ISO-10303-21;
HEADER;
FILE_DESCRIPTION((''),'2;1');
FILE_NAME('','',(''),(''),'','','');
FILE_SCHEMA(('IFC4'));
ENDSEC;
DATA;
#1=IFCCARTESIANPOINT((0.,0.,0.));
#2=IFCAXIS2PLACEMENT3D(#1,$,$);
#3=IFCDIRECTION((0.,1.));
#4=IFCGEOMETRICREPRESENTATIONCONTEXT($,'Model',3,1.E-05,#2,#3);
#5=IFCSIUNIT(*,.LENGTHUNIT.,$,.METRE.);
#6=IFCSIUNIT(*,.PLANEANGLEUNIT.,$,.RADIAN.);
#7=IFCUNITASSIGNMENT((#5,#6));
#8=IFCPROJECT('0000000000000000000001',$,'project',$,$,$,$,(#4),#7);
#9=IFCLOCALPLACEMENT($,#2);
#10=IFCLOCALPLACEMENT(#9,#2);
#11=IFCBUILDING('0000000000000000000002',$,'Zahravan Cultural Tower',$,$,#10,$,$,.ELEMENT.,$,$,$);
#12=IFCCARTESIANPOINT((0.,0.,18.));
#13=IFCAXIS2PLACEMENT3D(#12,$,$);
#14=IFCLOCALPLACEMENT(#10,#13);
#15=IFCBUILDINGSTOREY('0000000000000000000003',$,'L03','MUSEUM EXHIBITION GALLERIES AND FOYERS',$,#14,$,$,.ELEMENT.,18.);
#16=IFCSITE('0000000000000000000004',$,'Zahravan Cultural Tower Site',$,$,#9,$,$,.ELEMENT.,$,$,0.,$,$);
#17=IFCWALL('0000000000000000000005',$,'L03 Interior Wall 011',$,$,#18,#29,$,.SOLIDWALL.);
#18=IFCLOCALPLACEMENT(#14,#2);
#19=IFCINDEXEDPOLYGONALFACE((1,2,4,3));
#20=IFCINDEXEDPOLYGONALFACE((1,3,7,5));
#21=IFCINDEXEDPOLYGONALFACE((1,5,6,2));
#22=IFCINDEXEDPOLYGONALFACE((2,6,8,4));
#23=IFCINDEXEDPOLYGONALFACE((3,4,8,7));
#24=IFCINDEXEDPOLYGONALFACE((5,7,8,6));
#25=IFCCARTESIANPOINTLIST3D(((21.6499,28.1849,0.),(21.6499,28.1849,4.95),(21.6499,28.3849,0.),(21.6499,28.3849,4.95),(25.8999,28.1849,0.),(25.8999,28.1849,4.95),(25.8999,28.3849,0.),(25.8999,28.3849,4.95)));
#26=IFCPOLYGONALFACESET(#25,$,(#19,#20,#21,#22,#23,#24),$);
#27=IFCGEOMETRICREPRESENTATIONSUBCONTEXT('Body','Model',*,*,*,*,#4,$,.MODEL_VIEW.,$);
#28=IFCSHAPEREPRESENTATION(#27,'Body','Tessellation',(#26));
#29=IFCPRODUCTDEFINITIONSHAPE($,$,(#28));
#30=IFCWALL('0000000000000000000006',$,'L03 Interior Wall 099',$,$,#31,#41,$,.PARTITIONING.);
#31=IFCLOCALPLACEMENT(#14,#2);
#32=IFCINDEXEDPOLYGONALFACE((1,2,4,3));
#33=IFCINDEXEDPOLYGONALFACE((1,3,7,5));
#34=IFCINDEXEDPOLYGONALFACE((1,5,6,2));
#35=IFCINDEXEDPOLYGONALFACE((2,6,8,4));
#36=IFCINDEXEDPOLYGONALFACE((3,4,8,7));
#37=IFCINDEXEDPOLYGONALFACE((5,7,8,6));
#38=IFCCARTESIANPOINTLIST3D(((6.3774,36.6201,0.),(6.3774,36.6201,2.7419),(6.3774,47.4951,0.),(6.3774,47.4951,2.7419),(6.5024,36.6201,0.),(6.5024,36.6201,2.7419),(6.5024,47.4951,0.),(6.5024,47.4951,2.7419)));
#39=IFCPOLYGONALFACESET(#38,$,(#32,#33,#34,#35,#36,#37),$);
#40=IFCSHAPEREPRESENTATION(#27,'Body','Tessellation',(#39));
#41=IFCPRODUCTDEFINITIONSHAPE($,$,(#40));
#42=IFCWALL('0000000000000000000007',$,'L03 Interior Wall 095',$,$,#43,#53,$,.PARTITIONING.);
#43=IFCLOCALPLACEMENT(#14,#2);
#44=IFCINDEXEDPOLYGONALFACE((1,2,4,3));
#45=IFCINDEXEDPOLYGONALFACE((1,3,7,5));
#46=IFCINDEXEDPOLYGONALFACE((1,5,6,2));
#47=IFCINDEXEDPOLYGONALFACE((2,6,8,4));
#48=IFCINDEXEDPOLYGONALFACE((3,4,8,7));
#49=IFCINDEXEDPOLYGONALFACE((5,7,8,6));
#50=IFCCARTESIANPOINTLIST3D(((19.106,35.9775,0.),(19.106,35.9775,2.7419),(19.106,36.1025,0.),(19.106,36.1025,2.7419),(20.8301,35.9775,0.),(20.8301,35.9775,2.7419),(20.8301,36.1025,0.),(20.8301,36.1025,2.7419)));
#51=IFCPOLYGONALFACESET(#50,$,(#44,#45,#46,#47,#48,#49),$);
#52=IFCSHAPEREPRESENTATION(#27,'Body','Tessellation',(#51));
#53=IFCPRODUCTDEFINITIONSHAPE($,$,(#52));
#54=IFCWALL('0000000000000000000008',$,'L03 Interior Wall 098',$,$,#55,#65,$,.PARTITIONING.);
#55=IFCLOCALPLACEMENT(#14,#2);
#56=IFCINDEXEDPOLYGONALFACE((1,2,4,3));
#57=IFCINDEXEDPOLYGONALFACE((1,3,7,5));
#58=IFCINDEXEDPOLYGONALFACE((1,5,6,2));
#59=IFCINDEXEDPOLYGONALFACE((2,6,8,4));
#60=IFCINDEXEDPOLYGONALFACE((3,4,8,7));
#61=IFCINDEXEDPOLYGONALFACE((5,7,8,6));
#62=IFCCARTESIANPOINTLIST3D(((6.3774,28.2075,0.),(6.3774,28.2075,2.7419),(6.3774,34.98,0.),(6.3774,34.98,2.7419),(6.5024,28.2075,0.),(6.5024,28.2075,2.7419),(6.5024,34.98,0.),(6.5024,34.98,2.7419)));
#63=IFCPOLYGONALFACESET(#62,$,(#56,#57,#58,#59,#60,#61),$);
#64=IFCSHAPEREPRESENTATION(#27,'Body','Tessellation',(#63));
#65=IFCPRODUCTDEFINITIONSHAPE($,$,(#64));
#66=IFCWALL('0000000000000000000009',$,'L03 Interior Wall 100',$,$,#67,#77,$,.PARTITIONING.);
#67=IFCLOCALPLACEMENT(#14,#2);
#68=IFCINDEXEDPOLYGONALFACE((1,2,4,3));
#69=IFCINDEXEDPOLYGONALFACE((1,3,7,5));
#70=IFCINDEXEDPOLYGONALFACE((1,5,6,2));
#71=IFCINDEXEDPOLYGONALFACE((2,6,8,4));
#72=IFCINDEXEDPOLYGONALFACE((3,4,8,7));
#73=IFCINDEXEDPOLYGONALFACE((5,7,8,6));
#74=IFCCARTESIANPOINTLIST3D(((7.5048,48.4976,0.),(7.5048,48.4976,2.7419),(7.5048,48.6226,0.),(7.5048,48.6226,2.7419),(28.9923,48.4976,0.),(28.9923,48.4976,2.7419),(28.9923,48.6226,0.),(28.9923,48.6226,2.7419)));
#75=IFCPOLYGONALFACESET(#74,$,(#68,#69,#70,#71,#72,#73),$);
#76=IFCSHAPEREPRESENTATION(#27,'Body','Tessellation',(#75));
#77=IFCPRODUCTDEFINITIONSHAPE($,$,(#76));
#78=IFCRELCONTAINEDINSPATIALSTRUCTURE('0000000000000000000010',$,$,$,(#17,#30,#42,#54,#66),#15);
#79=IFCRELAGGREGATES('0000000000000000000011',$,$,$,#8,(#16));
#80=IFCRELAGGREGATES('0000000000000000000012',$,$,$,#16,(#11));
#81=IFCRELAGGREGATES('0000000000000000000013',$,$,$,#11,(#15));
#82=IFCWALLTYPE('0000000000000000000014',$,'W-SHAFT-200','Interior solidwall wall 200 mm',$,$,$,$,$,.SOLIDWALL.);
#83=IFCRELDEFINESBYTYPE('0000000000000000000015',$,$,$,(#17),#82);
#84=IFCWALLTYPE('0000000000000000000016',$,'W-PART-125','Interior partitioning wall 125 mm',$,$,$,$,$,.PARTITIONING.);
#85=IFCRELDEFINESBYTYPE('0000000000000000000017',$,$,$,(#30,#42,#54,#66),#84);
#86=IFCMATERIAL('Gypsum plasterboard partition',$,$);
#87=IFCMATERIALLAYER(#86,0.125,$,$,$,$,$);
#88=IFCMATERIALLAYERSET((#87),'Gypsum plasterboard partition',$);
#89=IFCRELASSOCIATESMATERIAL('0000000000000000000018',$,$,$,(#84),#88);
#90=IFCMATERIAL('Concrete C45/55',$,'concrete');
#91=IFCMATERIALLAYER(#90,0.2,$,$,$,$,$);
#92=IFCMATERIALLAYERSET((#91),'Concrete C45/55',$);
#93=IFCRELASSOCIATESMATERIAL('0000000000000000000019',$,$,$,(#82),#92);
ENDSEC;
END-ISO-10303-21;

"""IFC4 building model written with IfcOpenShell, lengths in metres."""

from ifc_helpers import new_model, si_unit, direction, frame, frame_2d, origin, place, context, subcontext, project, spatial, rectangle, extrude, source, transform, mapped, material, layer, layer_set, type_object, element, save


model = new_model("IFC4")

# Units and contexts
model_context = context("Model", 3, precision=1e-05, world=origin(), true_north=direction((0.0, 1.0)))
body_context = subcontext(model_context, "Body", "Model", "MODEL_VIEW")
ifc_project = project(units=[si_unit("LENGTHUNIT", "METRE"), si_unit("PLANEANGLEUNIT", "RADIAN")], contexts=[model_context])

# Site, building, storey
site_placement = place(None, origin())
site = spatial("IfcSite", under=ifc_project, at=site_placement, Name="Zahravan Cultural Tower Site", CompositionType="ELEMENT", RefElevation=0.0)
building_placement = place(site_placement, origin())
building = spatial("IfcBuilding", under=site, at=building_placement, Name="Zahravan Cultural Tower", CompositionType="ELEMENT")
storey_placement = place(building_placement, frame((0.0, 0.0, 18.0)))
storey = spatial("IfcBuildingStorey", under=building, at=storey_placement, Name="L03", Description="MUSEUM EXHIBITION GALLERIES AND FOYERS", CompositionType="ELEMENT", Elevation=18.0)

# Shared definitions
ifc_material_1 = material(Name="Gypsum plasterboard partition")
ifc_layer_1 = layer(ifc_material_1, 0.125)
ifc_layer_set_1 = layer_set([ifc_layer_1], Name="Gypsum plasterboard partition")
wall_type_1 = type_object("IfcWallType", Name="W-PART-125", Description="Interior partitioning wall 125 mm", PredefinedType="PARTITIONING", material=ifc_layer_set_1)

# Walls
ifc_material_2 = material(Name="Concrete C45/55", Category="concrete")
ifc_layer_2 = layer(ifc_material_2, 0.2)
ifc_layer_set_2 = layer_set([ifc_layer_2], Name="Concrete C45/55")
wall_type_2 = type_object("IfcWallType", Name="W-SHAFT-200", Description="Interior solidwall wall 200 mm", PredefinedType="SOLIDWALL", material=ifc_layer_set_2)
shared_shape_1 = source(origin(), body_context, "Body", "SweptSolid", [
    extrude(rectangle(XDim=4.25, YDim=0.2, at=frame_2d((2.125, 0.0))), origin(), (0.0, 0.0, 1.0), 4.95),
])
wall_1_placement = place(storey_placement, frame((21.6499, 28.2849, 0.0), z_axis=(0.0, 0.0, 1.0), x_axis=(1.0, 0.0, 0.0)))
element("IfcWall", 1, at=wall_1_placement, inside=storey, type_object=wall_type_2, Name="L03 Interior Wall 011", PredefinedType="SOLIDWALL", context=body_context, shape_type="MappedRepresentation", body=[
    mapped(shared_shape_1, transform((0.0, 0.0, 0.0), x_axis=(1.0, 0.0, 0.0), y_axis=(0.0, 1.0, 0.0), z_axis=(0.0, 0.0, 1.0), scale=1.0)),
])
shared_shape_2 = source(origin(), body_context, "Body", "SweptSolid", [
    extrude(rectangle(XDim=10.875, YDim=0.125, at=frame_2d((5.4375, 0.0))), origin(), (0.0, 0.0, 1.0), 2.7419),
])
wall_2_placement = place(storey_placement, frame((6.4399, 36.6201, 0.0), z_axis=(0.0, 0.0, 1.0), x_axis=(0.0, 1.0, 0.0)))
element("IfcWall", 2, at=wall_2_placement, inside=storey, type_object=wall_type_1, Name="L03 Interior Wall 099", PredefinedType="PARTITIONING", context=body_context, shape_type="MappedRepresentation", body=[
    mapped(shared_shape_2, transform((0.0, 0.0, 0.0), x_axis=(1.0, 0.0, 0.0), y_axis=(0.0, 1.0, 0.0), z_axis=(0.0, 0.0, 1.0), scale=1.0)),
])
shared_shape_3 = source(origin(), body_context, "Body", "SweptSolid", [
    extrude(rectangle(XDim=1.7241, YDim=0.125, at=frame_2d((0.8621, 0.0))), origin(), (0.0, 0.0, 1.0), 2.7419),
])
wall_3_placement = place(storey_placement, frame((20.8301, 36.04, 0.0), z_axis=(0.0, 0.0, 1.0), x_axis=(-1.0, 0.0, 0.0)))
element("IfcWall", 3, at=wall_3_placement, inside=storey, type_object=wall_type_1, Name="L03 Interior Wall 095", PredefinedType="PARTITIONING", context=body_context, shape_type="MappedRepresentation", body=[
    mapped(shared_shape_3, transform((0.0, 0.0, 0.0), x_axis=(1.0, 0.0, 0.0), y_axis=(0.0, 1.0, 0.0), z_axis=(0.0, 0.0, 1.0), scale=1.0)),
])
shared_shape_4 = source(origin(), body_context, "Body", "SweptSolid", [
    extrude(rectangle(XDim=6.7725, YDim=0.125, at=frame_2d((3.3862, 0.0))), origin(), (0.0, 0.0, 1.0), 2.7419),
])
wall_4_placement = place(storey_placement, frame((6.4399, 28.2075, 0.0), z_axis=(0.0, 0.0, 1.0), x_axis=(0.0, 1.0, 0.0)))
element("IfcWall", 4, at=wall_4_placement, inside=storey, type_object=wall_type_1, Name="L03 Interior Wall 098", PredefinedType="PARTITIONING", context=body_context, shape_type="MappedRepresentation", body=[
    mapped(shared_shape_4, transform((0.0, 0.0, 0.0), x_axis=(1.0, 0.0, 0.0), y_axis=(0.0, 1.0, 0.0), z_axis=(0.0, 0.0, 1.0), scale=1.0)),
])
shared_shape_5 = source(origin(), body_context, "Body", "SweptSolid", [
    extrude(rectangle(XDim=21.4875, YDim=0.125, at=frame_2d((10.7437, 0.0))), origin(), (0.0, 0.0, 1.0), 2.7419),
])
wall_5_placement = place(storey_placement, frame((7.5049, 48.5601, 0.0), z_axis=(0.0, 0.0, 1.0), x_axis=(1.0, 0.0, 0.0)))
element("IfcWall", 5, at=wall_5_placement, inside=storey, type_object=wall_type_1, Name="L03 Interior Wall 100", PredefinedType="PARTITIONING", context=body_context, shape_type="MappedRepresentation", body=[
    mapped(shared_shape_5, transform((0.0, 0.0, 0.0), x_axis=(1.0, 0.0, 0.0), y_axis=(0.0, 1.0, 0.0), z_axis=(0.0, 0.0, 1.0), scale=1.0)),
])

save(model, "model.ifc")
